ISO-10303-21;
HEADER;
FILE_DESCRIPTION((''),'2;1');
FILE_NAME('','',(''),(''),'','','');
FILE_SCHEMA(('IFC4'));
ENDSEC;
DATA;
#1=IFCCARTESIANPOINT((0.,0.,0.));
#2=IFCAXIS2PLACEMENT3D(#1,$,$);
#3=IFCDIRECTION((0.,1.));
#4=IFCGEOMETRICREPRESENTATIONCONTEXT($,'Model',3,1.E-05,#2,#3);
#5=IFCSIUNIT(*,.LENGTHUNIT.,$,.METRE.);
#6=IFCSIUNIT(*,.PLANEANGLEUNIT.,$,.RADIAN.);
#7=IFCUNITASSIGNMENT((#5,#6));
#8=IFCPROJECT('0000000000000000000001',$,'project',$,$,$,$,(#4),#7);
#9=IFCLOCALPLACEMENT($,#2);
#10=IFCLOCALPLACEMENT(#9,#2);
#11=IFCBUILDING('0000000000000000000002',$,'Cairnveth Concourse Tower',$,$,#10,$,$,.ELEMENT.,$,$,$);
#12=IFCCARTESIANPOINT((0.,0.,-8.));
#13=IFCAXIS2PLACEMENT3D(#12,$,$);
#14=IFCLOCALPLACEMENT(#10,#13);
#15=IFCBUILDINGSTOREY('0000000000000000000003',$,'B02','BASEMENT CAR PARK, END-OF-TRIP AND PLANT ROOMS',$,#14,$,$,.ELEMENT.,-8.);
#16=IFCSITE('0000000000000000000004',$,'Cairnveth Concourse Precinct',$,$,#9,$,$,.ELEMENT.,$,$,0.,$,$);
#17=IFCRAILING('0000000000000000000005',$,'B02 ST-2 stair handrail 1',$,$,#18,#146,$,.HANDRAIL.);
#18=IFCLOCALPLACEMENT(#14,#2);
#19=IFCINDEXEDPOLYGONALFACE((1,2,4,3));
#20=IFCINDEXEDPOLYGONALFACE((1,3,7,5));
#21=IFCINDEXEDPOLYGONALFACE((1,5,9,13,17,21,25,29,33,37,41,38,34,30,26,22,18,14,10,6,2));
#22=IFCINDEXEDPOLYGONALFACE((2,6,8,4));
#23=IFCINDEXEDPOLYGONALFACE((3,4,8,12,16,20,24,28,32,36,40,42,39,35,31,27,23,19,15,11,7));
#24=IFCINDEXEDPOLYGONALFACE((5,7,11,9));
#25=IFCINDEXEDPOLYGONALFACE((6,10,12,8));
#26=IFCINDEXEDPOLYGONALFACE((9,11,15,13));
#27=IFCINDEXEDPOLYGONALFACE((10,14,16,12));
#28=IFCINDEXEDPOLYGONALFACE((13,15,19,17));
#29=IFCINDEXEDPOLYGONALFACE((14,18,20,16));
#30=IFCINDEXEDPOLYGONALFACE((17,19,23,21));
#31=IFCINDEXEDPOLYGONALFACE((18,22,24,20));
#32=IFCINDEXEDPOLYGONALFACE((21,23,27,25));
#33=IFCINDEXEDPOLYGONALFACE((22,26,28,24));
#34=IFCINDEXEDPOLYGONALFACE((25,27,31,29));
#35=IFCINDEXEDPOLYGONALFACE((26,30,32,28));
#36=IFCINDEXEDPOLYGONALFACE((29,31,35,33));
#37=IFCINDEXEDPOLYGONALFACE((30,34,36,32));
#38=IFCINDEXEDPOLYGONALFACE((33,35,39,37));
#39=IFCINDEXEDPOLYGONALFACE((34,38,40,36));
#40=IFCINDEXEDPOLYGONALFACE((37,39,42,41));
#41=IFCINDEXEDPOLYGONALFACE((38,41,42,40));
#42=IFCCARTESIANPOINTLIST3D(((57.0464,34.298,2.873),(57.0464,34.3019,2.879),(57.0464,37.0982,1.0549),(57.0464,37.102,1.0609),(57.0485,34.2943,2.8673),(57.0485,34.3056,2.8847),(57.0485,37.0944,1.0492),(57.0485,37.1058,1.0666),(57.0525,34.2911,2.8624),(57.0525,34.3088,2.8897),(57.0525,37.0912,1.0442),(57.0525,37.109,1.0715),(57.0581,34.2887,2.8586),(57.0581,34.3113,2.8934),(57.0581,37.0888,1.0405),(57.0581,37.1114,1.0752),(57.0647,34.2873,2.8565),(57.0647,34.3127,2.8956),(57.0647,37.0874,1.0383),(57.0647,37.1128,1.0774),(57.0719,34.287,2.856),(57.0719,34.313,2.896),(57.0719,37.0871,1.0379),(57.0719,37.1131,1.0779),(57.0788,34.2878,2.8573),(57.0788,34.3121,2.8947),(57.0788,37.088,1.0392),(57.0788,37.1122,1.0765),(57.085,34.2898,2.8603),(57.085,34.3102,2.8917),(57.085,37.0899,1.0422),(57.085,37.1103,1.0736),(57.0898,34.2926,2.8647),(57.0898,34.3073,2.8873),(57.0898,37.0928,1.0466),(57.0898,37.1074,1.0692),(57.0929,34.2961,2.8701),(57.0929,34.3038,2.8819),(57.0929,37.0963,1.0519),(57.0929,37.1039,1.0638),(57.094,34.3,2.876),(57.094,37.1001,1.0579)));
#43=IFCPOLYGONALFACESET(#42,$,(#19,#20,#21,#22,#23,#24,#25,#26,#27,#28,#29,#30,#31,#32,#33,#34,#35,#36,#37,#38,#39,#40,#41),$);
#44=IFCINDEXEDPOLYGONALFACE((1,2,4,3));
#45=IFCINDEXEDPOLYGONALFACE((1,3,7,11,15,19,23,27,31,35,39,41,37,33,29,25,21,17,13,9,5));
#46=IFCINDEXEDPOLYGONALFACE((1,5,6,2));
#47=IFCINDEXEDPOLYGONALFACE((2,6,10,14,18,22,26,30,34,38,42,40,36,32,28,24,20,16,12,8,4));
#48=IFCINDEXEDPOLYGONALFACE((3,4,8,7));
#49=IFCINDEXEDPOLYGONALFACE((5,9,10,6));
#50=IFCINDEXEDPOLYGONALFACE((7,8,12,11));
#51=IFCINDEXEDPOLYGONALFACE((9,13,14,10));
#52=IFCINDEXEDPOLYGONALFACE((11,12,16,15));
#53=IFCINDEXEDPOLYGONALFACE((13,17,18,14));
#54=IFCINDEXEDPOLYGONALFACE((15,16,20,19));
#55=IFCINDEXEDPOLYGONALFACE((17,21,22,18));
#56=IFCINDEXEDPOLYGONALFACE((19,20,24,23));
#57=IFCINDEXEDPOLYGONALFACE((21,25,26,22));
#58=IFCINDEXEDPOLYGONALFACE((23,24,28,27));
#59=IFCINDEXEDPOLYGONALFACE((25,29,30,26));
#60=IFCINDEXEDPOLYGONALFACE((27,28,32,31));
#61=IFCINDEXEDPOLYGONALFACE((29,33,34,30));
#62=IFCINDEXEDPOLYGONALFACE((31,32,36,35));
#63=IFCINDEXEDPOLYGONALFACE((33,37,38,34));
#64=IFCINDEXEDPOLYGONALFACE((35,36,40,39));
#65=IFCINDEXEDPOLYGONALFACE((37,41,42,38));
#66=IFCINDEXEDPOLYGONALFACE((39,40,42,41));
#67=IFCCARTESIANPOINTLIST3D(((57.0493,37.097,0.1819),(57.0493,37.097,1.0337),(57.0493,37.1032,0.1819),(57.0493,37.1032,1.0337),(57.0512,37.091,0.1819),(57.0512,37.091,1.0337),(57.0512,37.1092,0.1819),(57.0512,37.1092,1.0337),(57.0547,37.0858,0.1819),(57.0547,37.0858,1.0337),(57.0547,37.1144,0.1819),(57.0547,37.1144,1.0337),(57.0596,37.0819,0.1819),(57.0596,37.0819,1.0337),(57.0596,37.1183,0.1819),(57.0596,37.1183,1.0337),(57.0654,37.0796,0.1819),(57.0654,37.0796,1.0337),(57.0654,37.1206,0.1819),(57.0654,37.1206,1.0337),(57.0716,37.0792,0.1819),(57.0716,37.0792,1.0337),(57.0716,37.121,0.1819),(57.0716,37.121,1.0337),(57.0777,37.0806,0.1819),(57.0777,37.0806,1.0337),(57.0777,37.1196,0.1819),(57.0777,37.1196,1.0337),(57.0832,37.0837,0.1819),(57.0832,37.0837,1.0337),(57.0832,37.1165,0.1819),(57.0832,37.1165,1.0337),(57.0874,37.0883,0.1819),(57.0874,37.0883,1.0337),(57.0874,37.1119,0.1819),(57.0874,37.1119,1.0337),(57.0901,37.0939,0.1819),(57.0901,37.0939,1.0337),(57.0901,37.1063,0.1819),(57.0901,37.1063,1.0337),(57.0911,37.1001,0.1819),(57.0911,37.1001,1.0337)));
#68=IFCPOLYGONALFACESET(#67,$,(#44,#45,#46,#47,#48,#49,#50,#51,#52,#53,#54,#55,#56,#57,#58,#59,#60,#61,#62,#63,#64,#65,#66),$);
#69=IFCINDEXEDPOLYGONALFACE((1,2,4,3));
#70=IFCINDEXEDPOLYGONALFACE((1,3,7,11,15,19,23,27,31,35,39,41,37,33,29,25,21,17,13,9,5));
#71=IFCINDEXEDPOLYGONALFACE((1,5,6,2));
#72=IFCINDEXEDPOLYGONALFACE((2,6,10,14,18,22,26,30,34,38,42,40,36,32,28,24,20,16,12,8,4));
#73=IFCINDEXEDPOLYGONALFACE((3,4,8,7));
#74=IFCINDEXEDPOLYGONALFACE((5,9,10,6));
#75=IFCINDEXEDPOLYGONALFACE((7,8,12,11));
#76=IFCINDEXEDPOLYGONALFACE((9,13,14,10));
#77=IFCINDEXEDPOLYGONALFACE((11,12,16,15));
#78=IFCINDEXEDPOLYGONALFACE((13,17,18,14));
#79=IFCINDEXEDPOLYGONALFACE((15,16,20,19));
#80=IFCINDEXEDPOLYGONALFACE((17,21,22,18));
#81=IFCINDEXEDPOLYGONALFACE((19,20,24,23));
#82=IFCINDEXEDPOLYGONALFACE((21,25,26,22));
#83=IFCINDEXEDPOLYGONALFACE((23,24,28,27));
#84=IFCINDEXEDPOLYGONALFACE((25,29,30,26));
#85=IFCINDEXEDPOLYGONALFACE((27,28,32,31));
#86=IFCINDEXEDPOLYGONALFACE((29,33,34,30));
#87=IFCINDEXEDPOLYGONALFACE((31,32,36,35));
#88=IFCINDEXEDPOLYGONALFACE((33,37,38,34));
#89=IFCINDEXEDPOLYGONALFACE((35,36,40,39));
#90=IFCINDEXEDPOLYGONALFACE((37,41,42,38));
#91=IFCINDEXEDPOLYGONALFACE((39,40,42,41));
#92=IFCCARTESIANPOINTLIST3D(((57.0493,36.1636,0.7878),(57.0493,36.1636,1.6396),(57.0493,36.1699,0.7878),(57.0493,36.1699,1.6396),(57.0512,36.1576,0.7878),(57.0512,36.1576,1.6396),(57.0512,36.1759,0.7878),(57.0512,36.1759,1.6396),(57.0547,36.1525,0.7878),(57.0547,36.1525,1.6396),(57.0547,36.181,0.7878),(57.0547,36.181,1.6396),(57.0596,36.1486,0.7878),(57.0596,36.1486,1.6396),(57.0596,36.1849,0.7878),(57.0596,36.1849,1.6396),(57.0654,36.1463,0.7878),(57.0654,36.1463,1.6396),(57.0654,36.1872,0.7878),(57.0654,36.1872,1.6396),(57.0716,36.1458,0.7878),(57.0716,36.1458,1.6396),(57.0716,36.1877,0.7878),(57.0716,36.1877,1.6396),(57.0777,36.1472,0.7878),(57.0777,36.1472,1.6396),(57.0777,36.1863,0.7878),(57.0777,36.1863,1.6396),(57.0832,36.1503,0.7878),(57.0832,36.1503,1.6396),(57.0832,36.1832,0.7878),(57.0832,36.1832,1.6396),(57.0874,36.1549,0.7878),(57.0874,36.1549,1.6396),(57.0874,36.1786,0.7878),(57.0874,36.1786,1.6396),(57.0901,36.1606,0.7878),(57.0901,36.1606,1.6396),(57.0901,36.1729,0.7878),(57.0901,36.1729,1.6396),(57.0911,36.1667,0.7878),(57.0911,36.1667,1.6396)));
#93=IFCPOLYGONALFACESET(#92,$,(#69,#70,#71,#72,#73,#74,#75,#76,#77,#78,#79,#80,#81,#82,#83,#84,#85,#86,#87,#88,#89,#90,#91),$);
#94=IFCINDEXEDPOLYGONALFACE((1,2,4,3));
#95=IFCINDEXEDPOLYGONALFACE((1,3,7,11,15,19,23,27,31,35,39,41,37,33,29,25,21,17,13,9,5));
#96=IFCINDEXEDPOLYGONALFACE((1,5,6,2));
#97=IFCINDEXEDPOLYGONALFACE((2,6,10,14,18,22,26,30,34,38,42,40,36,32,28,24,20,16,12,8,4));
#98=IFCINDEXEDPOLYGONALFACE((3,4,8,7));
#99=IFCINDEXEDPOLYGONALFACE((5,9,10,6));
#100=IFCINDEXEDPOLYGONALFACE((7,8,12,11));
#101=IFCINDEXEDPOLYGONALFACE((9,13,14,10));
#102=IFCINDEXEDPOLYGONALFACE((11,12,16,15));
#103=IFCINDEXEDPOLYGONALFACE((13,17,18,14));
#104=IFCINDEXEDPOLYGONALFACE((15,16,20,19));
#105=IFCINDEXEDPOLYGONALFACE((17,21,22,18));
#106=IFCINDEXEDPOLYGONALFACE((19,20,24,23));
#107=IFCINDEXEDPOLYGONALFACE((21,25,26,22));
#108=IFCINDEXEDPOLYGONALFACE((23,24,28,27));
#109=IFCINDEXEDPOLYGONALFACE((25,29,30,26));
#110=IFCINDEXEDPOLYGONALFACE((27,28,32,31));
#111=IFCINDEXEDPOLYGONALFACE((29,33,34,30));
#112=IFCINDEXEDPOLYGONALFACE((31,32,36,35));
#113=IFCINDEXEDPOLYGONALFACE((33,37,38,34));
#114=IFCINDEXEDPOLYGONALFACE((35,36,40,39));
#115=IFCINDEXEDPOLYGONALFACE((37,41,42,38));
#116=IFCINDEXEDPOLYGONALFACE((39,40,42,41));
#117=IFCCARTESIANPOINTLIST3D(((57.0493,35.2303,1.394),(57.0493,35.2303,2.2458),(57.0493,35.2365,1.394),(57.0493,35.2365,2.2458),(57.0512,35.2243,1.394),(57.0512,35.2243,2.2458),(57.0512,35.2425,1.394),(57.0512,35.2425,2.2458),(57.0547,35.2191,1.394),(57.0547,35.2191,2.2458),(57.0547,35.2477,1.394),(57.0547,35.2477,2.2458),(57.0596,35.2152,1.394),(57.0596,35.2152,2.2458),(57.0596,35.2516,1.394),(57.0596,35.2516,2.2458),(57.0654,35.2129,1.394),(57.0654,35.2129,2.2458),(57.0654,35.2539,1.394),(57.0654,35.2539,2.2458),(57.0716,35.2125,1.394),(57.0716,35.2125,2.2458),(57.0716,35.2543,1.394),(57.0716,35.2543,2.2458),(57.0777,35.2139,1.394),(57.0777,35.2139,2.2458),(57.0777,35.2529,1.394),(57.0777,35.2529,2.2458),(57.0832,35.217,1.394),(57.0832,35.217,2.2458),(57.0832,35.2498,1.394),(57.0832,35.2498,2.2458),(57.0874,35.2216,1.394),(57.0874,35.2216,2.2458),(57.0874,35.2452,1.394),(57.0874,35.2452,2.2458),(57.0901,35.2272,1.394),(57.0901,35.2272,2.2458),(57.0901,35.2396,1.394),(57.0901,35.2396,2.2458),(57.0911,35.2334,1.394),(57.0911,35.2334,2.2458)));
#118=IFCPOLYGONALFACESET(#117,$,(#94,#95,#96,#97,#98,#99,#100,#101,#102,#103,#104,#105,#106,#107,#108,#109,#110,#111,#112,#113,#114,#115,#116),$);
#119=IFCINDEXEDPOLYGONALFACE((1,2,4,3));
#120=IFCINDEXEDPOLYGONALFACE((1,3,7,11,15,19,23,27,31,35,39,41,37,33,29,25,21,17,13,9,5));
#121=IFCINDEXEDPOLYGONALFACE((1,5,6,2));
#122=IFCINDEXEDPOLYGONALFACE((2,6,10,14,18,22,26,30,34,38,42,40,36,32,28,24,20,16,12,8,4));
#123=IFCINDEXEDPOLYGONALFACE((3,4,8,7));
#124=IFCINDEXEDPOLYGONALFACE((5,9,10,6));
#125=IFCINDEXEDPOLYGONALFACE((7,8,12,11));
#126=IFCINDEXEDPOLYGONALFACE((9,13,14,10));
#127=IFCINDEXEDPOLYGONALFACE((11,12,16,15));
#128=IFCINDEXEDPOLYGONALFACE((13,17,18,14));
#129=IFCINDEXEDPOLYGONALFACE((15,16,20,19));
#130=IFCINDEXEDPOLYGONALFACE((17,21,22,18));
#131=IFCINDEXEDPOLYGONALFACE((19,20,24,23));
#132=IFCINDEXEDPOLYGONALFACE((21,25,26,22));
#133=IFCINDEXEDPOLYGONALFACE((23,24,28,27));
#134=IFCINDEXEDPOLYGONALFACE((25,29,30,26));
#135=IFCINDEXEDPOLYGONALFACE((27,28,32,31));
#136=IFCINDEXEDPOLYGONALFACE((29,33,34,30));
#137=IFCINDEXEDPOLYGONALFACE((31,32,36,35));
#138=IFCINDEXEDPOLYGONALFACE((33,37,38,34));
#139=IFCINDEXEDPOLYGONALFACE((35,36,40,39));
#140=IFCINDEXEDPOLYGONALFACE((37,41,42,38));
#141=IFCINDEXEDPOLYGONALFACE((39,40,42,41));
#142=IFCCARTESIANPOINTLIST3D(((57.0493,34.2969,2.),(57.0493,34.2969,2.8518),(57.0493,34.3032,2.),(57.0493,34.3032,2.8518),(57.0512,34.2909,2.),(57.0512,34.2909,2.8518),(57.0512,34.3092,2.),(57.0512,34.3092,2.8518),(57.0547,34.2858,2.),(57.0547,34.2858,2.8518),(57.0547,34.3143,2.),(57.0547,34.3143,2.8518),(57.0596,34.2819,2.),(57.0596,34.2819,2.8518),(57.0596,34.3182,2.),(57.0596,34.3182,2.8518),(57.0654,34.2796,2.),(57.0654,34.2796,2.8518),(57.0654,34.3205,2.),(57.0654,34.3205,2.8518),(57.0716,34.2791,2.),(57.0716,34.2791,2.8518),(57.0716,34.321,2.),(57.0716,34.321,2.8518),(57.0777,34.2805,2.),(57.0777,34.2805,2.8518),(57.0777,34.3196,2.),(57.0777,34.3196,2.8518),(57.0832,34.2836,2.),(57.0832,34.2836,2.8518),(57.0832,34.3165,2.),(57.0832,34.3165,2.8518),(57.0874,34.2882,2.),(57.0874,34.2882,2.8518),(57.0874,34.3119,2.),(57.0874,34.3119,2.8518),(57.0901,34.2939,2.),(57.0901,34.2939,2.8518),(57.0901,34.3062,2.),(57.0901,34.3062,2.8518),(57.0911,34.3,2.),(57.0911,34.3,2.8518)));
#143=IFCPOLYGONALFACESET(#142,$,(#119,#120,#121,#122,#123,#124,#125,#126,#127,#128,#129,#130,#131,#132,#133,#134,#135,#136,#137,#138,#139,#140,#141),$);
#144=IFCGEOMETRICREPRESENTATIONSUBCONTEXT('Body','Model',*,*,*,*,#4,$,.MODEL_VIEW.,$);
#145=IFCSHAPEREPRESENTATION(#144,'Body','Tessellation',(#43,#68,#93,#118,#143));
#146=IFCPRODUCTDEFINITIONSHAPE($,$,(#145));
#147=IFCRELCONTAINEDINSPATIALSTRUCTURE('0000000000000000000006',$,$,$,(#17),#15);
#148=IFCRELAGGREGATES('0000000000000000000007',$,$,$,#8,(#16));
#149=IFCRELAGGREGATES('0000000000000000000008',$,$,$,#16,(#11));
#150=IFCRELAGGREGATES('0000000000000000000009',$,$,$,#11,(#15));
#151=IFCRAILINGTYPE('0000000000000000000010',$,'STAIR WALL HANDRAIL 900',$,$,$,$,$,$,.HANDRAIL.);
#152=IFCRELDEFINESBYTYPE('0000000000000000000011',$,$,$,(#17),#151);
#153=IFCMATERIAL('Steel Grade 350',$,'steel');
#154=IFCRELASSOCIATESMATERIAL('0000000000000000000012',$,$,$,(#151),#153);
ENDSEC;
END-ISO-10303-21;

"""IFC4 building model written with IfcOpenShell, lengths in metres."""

from ifc_helpers import new_model, si_unit, direction, frame, origin, origin_2d, place, context, subcontext, project, spatial, circle, extrude, material, type_object, element, save


model = new_model("IFC4")

# Units and contexts
model_context = context("Model", 3, precision=1e-05, world=origin(), true_north=direction((0.0, 1.0)))
body_context = subcontext(model_context, "Body", "Model", "MODEL_VIEW")
ifc_project = project(units=[si_unit("LENGTHUNIT", "METRE"), si_unit("PLANEANGLEUNIT", "RADIAN")], contexts=[model_context])

# Site, building, storey
site_placement = place(None, origin())
site = spatial("IfcSite", under=ifc_project, at=site_placement, Name="Cairnveth Concourse Precinct", CompositionType="ELEMENT", RefElevation=0.0)
building_placement = place(site_placement, origin())
building = spatial("IfcBuilding", under=site, at=building_placement, Name="Cairnveth Concourse Tower", CompositionType="ELEMENT")
storey_placement = place(building_placement, frame((0.0, 0.0, -8.0)))
storey = spatial("IfcBuildingStorey", under=building, at=storey_placement, Name="B02", Description="BASEMENT CAR PARK, END-OF-TRIP AND PLANT ROOMS", CompositionType="ELEMENT", Elevation=-8.0)

# Shared definitions
ifc_material_1 = material(Name="Steel Grade 350", Category="steel")

# Railing
railing_type_1 = type_object("IfcRailingType", Name="STAIR WALL HANDRAIL 900", PredefinedType="HANDRAIL", material=ifc_material_1)
railing_1_placement = place(storey_placement, frame((57.0701, 37.1001, 0.1819)))
element("IfcRailing", 1, at=railing_1_placement, inside=storey, type_object=railing_type_1, Name="B02 ST-2 stair handrail 1", PredefinedType="HANDRAIL", context=body_context, shape_type="SweptSolid", body=[
    extrude(circle(Radius=0.0239, at=origin_2d()), frame((0.0, 0.0, 0.876), z_axis=(0.0, -0.838706, 0.544585), x_axis=(1.0, 0.0, 0.0)), (0.0, 0.0, 1.0), 3.3386),
    extrude(circle(Radius=0.021, at=origin_2d()), origin(), (0.0, 0.0, 1.0), 0.8518),
    extrude(circle(Radius=0.021, at=origin_2d()), frame((0.0, -0.9333, 0.606)), (0.0, 0.0, 1.0), 0.8518),
    extrude(circle(Radius=0.021, at=origin_2d()), frame((0.0, -1.8667, 1.2122)), (0.0, 0.0, 1.0), 0.8518),
    extrude(circle(Radius=0.021, at=origin_2d()), frame((0.0, -2.8, 1.8181)), (0.0, 0.0, 1.0), 0.8518),
])

save(model, "model.ifc")
